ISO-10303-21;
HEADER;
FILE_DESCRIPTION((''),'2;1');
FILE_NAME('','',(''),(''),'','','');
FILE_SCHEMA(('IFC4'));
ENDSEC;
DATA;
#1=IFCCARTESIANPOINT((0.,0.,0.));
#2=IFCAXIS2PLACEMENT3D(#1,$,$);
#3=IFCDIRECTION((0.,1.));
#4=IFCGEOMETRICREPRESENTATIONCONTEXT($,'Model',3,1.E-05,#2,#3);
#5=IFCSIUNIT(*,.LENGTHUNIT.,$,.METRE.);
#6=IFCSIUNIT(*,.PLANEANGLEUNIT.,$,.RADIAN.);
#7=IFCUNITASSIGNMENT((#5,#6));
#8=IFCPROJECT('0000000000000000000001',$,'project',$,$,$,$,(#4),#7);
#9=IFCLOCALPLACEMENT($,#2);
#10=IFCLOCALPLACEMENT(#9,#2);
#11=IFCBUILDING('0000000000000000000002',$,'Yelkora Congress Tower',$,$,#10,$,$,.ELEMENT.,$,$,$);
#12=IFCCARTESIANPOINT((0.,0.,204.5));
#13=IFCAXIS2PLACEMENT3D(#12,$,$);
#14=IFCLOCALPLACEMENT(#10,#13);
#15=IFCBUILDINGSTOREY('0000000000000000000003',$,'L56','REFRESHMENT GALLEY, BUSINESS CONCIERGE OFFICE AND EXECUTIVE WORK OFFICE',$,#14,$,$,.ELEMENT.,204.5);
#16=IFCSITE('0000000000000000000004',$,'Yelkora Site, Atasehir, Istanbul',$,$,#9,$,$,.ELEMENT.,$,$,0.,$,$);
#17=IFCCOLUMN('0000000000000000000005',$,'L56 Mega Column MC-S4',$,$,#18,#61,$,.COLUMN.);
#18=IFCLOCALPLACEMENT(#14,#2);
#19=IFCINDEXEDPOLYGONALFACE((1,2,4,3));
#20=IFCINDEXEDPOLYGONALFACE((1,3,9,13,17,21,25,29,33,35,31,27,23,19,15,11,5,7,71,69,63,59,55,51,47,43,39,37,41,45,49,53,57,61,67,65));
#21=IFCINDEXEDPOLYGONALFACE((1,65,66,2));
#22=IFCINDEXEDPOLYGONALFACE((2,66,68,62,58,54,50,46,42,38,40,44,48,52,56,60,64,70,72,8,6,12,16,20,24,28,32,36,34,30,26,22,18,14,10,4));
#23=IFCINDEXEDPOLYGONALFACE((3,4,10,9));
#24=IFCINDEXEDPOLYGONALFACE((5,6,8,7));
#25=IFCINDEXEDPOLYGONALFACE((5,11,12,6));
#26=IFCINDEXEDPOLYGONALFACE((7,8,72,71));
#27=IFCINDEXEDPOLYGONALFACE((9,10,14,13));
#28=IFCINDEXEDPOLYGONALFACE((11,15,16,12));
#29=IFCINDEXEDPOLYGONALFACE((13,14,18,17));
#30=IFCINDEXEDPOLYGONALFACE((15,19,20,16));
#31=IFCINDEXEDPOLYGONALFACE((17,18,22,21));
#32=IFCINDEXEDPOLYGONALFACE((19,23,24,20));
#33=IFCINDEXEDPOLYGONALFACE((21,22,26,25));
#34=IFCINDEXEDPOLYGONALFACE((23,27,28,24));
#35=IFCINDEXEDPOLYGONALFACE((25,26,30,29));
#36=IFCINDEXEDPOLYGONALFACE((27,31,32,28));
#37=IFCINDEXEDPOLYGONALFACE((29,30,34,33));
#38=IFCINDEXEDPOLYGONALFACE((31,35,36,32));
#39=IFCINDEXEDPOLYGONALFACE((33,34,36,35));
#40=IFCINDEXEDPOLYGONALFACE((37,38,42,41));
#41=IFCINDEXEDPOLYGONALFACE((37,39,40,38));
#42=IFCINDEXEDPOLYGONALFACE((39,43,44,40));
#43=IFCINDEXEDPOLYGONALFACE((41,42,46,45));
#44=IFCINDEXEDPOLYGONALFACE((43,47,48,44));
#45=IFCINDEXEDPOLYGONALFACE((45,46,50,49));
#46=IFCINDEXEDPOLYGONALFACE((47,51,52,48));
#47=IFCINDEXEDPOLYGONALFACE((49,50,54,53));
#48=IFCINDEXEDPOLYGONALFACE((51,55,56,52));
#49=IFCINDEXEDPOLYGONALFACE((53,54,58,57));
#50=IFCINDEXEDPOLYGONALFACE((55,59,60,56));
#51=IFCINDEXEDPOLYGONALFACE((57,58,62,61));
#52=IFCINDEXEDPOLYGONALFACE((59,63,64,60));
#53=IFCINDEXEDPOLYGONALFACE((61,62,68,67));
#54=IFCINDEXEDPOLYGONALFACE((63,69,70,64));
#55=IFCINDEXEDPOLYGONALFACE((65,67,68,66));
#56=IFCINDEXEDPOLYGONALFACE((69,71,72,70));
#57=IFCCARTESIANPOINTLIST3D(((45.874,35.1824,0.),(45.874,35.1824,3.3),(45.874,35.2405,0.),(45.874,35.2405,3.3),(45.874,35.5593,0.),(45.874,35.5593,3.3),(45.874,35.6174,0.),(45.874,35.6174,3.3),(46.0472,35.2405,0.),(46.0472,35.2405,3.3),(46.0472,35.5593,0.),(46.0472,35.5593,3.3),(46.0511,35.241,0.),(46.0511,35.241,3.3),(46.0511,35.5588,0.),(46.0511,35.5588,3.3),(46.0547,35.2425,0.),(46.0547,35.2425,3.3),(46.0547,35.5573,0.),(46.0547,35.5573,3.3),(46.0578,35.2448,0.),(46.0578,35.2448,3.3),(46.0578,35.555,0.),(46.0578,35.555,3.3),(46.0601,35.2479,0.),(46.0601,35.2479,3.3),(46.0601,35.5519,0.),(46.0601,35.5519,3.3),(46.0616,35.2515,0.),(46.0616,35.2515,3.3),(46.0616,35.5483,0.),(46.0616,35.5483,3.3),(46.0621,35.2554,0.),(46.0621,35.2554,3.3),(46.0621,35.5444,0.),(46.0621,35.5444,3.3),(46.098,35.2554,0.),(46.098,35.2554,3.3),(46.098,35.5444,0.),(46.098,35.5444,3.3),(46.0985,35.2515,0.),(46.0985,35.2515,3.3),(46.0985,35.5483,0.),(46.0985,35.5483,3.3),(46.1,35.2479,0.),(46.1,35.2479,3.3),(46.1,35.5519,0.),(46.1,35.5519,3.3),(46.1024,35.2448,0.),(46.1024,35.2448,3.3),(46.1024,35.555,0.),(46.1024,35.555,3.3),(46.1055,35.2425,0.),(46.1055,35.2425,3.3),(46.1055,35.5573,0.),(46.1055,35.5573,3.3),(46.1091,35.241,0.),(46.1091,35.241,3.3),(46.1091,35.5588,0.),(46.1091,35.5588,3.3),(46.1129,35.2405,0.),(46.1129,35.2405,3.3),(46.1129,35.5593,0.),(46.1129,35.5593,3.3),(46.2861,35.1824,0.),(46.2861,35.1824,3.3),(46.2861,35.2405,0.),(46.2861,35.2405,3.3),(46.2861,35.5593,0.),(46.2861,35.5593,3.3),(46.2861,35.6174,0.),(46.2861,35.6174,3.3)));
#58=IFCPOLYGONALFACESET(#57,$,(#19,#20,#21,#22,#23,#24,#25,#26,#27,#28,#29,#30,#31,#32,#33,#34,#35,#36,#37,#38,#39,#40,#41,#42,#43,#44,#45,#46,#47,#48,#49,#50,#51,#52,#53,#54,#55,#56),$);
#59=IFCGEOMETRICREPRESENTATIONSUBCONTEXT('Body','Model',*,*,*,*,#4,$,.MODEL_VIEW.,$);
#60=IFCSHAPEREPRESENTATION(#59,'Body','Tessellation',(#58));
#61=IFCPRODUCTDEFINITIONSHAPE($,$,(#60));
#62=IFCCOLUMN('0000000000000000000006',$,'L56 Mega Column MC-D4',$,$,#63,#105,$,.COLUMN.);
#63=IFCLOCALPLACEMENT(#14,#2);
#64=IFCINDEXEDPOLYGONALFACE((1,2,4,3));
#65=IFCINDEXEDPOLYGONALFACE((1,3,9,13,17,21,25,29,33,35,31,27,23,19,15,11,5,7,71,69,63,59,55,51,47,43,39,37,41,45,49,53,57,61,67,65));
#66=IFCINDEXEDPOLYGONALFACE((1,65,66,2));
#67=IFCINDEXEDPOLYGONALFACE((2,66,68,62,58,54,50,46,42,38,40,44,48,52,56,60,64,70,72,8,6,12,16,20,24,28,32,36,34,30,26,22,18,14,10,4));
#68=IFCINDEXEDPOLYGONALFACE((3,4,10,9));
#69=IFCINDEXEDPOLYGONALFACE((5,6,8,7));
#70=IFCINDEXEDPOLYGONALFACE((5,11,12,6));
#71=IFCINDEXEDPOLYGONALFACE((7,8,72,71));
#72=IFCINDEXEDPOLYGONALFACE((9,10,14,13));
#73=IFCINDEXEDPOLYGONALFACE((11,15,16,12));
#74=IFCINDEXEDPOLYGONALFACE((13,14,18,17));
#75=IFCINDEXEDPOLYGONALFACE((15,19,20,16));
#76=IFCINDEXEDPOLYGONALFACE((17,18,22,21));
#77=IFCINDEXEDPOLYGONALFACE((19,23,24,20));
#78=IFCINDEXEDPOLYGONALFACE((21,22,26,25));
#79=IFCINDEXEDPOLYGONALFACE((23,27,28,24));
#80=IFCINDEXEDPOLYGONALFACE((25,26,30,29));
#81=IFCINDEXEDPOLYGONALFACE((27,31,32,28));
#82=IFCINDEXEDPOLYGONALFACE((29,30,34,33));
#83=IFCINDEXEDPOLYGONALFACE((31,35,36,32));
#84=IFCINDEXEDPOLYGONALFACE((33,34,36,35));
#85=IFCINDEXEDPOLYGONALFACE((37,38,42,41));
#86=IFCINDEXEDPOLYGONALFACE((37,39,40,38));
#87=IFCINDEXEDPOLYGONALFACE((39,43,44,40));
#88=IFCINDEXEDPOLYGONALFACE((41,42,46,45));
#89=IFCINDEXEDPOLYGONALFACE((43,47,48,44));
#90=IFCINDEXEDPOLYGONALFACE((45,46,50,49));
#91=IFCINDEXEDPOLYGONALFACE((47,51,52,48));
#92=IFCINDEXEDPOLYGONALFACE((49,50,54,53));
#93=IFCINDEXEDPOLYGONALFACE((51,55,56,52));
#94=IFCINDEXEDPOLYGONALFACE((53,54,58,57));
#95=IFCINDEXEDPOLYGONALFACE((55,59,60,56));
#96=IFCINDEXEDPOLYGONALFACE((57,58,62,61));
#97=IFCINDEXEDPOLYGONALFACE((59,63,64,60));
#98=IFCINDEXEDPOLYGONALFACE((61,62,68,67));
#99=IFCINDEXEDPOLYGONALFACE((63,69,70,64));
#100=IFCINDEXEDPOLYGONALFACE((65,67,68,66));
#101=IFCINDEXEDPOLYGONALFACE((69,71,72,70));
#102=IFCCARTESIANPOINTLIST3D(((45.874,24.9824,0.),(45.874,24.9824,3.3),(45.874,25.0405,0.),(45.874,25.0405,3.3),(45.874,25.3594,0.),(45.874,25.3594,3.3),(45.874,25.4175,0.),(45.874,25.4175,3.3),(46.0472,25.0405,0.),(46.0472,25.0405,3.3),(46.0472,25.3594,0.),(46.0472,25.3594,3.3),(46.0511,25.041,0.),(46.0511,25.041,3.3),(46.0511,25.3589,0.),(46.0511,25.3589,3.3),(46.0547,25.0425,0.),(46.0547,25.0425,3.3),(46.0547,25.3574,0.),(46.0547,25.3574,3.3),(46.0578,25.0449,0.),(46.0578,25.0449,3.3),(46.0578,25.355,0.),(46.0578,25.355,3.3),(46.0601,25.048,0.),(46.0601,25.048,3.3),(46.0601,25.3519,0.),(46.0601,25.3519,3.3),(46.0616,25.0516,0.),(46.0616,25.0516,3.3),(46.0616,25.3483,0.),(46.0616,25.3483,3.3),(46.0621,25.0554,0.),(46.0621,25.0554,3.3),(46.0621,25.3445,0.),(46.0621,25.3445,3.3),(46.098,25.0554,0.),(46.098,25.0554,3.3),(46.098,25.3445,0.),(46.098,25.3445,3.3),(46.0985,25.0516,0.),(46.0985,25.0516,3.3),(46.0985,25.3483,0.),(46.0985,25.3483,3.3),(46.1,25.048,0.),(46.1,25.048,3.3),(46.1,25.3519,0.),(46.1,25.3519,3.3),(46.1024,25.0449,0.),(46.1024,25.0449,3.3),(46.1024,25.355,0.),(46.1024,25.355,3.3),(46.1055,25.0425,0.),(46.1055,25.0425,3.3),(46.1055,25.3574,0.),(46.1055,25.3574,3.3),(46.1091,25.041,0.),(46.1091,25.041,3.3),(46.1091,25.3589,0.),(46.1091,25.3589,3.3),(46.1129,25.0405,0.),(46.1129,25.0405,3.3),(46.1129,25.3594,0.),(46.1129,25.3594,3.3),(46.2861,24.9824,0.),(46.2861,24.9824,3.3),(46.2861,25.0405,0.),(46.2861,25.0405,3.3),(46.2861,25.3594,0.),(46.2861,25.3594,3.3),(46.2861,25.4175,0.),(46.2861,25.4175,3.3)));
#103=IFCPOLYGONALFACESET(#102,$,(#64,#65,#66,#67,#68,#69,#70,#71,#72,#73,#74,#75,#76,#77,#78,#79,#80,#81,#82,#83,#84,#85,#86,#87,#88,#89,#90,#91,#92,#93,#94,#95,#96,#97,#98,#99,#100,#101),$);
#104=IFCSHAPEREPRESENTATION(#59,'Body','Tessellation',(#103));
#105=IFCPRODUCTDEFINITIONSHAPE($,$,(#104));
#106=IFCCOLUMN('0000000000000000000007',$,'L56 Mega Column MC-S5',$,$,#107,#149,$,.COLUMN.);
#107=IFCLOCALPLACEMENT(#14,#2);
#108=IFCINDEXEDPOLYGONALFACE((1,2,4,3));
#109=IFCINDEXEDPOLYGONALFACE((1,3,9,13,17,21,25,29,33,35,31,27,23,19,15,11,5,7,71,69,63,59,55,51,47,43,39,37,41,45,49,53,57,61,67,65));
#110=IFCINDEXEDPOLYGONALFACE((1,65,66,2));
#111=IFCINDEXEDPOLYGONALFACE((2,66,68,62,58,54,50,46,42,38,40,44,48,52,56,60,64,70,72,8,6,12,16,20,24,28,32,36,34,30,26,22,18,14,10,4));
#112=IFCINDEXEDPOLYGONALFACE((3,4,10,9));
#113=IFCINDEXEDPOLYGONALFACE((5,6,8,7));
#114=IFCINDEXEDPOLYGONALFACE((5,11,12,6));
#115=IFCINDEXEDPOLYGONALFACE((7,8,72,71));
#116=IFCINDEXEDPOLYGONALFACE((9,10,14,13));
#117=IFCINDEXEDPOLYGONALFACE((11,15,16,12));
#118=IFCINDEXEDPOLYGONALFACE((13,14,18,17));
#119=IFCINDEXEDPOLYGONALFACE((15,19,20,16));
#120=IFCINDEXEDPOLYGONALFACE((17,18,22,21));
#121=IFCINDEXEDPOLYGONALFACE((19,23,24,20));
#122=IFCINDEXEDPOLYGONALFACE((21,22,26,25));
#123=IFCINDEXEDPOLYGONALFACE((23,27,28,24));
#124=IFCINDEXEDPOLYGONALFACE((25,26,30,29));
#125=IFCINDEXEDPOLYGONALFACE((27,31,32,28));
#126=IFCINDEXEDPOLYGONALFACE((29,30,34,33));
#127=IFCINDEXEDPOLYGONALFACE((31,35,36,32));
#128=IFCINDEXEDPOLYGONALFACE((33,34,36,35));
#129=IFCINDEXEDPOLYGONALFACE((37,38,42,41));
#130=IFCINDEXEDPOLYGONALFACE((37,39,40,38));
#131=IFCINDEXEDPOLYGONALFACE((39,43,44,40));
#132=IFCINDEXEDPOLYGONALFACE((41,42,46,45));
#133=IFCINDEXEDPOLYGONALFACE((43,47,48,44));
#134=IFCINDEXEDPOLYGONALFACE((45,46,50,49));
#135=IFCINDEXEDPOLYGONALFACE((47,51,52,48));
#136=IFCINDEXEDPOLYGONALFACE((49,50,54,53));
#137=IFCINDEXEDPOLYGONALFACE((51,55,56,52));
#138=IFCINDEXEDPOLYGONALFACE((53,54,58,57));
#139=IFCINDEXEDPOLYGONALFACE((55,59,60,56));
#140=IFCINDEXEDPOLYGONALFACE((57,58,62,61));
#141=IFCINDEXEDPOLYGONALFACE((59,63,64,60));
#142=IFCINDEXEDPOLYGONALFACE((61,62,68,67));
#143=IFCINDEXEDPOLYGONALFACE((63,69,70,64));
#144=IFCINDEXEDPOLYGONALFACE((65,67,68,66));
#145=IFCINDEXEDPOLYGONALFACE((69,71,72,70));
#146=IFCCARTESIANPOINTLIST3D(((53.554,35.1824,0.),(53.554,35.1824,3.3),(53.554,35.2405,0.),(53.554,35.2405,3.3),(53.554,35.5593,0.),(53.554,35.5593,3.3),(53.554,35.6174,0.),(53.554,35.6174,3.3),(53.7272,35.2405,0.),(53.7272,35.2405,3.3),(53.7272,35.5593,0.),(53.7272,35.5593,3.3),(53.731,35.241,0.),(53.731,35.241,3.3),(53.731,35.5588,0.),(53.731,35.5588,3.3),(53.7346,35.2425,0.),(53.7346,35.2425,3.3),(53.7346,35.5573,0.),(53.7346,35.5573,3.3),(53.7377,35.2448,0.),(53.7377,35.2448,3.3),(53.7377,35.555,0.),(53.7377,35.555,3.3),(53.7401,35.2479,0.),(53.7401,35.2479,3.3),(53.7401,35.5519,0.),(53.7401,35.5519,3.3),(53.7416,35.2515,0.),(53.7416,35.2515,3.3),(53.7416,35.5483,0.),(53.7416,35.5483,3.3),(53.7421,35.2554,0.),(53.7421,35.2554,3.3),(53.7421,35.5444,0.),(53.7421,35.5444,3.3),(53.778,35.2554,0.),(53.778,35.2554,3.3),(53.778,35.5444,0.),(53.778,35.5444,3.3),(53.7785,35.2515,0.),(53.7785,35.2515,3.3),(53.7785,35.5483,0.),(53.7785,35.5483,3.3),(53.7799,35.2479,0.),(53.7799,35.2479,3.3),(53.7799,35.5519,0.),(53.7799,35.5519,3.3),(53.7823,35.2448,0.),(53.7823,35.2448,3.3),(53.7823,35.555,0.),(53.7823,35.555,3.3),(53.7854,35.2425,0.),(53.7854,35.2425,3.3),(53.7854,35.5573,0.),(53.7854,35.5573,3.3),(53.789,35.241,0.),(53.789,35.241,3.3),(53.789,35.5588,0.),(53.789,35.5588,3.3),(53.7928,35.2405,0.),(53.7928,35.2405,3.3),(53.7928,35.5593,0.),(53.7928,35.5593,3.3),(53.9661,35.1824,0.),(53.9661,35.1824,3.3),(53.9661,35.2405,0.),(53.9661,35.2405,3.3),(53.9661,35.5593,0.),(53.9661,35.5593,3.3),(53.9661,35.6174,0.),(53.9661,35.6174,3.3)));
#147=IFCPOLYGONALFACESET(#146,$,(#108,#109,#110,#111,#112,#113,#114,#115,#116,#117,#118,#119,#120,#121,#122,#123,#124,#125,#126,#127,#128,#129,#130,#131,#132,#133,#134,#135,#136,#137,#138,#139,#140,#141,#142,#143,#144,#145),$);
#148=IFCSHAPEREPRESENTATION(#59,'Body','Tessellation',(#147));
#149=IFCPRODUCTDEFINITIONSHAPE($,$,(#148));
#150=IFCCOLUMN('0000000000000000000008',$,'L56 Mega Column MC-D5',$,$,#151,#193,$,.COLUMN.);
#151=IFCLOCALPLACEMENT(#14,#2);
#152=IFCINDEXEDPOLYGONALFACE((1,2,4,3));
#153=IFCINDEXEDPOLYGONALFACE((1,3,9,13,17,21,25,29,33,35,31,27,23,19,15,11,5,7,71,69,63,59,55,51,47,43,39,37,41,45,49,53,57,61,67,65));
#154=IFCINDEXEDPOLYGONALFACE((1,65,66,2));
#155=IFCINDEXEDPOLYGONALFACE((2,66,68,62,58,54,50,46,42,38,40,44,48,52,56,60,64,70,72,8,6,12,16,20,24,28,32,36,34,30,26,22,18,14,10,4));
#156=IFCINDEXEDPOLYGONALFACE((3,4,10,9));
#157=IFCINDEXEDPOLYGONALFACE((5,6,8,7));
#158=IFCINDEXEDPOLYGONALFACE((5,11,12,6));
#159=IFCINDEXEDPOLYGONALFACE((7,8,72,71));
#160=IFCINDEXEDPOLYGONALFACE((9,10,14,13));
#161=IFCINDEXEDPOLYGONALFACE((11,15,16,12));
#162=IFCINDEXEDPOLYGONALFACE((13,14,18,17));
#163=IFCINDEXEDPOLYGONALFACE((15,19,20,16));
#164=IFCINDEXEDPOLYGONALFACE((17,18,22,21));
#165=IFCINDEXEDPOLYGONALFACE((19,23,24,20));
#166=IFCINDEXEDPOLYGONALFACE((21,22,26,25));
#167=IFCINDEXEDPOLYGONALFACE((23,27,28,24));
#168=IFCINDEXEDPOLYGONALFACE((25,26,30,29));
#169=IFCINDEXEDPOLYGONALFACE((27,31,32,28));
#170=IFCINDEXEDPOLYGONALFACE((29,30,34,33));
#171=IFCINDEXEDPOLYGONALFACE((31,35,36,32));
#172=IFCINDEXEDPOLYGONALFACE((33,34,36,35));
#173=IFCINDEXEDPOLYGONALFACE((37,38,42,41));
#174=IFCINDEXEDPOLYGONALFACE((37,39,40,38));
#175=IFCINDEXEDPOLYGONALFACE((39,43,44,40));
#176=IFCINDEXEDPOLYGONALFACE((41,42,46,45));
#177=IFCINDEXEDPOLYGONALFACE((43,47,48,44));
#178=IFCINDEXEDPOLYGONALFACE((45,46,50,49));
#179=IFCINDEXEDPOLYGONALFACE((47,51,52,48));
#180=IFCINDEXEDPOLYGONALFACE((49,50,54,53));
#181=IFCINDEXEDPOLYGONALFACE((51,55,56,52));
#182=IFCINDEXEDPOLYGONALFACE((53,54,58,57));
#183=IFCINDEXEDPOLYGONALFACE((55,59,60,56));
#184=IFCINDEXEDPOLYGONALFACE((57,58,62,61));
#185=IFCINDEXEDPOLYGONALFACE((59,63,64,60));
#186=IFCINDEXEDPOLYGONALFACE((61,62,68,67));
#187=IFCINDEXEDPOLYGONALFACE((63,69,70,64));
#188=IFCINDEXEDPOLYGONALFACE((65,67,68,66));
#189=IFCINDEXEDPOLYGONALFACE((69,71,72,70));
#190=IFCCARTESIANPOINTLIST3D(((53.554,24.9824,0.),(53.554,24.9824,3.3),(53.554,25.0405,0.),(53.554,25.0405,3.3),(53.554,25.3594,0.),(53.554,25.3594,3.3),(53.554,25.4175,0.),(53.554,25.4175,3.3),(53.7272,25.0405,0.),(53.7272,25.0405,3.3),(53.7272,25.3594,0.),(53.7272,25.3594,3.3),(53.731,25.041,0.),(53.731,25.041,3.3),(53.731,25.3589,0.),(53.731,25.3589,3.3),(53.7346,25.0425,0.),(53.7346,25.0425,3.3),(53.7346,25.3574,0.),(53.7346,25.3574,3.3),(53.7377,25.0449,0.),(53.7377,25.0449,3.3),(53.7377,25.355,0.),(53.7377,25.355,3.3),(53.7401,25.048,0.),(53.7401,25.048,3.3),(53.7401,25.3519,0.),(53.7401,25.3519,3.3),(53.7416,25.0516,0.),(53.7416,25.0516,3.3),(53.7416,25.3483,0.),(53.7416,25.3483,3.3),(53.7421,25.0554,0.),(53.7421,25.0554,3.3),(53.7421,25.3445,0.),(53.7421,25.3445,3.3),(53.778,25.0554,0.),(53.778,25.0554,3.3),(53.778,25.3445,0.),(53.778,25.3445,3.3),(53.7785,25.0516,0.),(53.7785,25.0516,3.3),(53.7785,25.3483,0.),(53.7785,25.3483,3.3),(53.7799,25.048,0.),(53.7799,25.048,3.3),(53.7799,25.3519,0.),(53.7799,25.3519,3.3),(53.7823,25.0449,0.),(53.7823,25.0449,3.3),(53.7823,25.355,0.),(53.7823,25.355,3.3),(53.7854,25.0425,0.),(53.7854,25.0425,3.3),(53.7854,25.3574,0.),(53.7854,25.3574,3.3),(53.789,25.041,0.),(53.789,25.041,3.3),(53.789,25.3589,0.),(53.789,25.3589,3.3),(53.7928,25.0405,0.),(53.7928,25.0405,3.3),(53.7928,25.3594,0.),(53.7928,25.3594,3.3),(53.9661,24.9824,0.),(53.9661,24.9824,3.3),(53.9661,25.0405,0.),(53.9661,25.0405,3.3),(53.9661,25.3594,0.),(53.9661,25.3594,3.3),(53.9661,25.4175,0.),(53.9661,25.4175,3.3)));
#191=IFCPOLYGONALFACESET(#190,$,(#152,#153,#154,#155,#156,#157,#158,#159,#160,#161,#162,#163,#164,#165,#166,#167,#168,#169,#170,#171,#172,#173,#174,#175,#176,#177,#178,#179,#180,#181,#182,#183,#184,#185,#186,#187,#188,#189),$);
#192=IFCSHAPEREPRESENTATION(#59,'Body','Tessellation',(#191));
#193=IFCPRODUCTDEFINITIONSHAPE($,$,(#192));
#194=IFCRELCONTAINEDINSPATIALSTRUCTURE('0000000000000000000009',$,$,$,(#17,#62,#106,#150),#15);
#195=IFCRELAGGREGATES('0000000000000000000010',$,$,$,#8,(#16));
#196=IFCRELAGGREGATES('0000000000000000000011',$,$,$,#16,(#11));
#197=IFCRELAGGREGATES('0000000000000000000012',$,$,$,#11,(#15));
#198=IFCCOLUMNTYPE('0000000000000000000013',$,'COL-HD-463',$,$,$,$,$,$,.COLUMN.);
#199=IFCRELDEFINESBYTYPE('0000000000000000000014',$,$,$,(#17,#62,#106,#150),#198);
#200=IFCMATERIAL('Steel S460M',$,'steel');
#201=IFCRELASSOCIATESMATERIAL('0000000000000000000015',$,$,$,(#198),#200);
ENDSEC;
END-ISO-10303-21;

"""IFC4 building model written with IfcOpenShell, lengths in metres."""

from ifc_helpers import new_model, si_unit, direction, frame, origin, origin_2d, place, context, subcontext, project, spatial, i_section, extrude, material, material_profile, profile_set, type_object, element, save


model = new_model("IFC4")

# Units and contexts
model_context = context("Model", 3, precision=1e-05, world=origin(), true_north=direction((0.0, 1.0)))
body_context = subcontext(model_context, "Body", "Model", "MODEL_VIEW")
ifc_project = project(units=[si_unit("LENGTHUNIT", "METRE"), si_unit("PLANEANGLEUNIT", "RADIAN")], contexts=[model_context])

# Site, building, storey
site_placement = place(None, origin())
site = spatial("IfcSite", under=ifc_project, at=site_placement, Name="Yelkora Site, Atasehir, Istanbul", CompositionType="ELEMENT", RefElevation=0.0)
building_placement = place(site_placement, origin())
building = spatial("IfcBuilding", under=site, at=building_placement, Name="Yelkora Congress Tower", CompositionType="ELEMENT")
storey_placement = place(building_placement, frame((0.0, 0.0, 204.5)))
storey = spatial("IfcBuildingStorey", under=building, at=storey_placement, Name="L56", Description="REFRESHMENT GALLEY, BUSINESS CONCIERGE OFFICE AND EXECUTIVE WORK OFFICE", CompositionType="ELEMENT", Elevation=204.5)

# Columns
ifc_material_1 = material(Name="Steel S460M", Category="steel")
ifc_material_profile_1 = material_profile(ifc_material_1, i_section(OverallWidth=0.4121, OverallDepth=0.4351, WebThickness=0.0359, FlangeThickness=0.0581, FilletRadius=0.0149, at=origin_2d()), Name="HD 400x463")
ifc_profile_set_1 = profile_set([ifc_material_profile_1], Name="Steel S460M")
column_type = type_object("IfcColumnType", Name="COL-HD-463", PredefinedType="COLUMN", material=ifc_profile_set_1)
for number, where, z_axis, x_axis, name in (
    (1, (46.0801, 35.3999, 0.0), (0.0, 0.0, 1.0), (1.0, 0.0, 0.0), "L56 Mega Column MC-S4"),
    (2, (46.0801, 25.2, 0.0), (0.0, 0.0, 1.0), (1.0, 0.0, 0.0), "L56 Mega Column MC-D4"),
    (3, (53.76, 35.3999, 0.0), (0.0, 0.0, 1.0), (1.0, 0.0, 0.0), "L56 Mega Column MC-S5"),
    (4, (53.76, 25.2, 0.0), (0.0, 0.0, 1.0), (1.0, 0.0, 0.0), "L56 Mega Column MC-D5"),
):
    element("IfcColumn", number, at=place(storey_placement, frame(where, z_axis=z_axis, x_axis=x_axis)), inside=storey, type_object=column_type, Name=name, PredefinedType="COLUMN", context=body_context, shape_type="SweptSolid", body=[
        extrude(i_section(OverallWidth=0.4121, OverallDepth=0.4351, WebThickness=0.0359, FlangeThickness=0.0581, FilletRadius=0.0149, at=origin_2d()), origin(), (0.0, 0.0, 1.0), 3.3),
    ])

save(model, "model.ifc")
